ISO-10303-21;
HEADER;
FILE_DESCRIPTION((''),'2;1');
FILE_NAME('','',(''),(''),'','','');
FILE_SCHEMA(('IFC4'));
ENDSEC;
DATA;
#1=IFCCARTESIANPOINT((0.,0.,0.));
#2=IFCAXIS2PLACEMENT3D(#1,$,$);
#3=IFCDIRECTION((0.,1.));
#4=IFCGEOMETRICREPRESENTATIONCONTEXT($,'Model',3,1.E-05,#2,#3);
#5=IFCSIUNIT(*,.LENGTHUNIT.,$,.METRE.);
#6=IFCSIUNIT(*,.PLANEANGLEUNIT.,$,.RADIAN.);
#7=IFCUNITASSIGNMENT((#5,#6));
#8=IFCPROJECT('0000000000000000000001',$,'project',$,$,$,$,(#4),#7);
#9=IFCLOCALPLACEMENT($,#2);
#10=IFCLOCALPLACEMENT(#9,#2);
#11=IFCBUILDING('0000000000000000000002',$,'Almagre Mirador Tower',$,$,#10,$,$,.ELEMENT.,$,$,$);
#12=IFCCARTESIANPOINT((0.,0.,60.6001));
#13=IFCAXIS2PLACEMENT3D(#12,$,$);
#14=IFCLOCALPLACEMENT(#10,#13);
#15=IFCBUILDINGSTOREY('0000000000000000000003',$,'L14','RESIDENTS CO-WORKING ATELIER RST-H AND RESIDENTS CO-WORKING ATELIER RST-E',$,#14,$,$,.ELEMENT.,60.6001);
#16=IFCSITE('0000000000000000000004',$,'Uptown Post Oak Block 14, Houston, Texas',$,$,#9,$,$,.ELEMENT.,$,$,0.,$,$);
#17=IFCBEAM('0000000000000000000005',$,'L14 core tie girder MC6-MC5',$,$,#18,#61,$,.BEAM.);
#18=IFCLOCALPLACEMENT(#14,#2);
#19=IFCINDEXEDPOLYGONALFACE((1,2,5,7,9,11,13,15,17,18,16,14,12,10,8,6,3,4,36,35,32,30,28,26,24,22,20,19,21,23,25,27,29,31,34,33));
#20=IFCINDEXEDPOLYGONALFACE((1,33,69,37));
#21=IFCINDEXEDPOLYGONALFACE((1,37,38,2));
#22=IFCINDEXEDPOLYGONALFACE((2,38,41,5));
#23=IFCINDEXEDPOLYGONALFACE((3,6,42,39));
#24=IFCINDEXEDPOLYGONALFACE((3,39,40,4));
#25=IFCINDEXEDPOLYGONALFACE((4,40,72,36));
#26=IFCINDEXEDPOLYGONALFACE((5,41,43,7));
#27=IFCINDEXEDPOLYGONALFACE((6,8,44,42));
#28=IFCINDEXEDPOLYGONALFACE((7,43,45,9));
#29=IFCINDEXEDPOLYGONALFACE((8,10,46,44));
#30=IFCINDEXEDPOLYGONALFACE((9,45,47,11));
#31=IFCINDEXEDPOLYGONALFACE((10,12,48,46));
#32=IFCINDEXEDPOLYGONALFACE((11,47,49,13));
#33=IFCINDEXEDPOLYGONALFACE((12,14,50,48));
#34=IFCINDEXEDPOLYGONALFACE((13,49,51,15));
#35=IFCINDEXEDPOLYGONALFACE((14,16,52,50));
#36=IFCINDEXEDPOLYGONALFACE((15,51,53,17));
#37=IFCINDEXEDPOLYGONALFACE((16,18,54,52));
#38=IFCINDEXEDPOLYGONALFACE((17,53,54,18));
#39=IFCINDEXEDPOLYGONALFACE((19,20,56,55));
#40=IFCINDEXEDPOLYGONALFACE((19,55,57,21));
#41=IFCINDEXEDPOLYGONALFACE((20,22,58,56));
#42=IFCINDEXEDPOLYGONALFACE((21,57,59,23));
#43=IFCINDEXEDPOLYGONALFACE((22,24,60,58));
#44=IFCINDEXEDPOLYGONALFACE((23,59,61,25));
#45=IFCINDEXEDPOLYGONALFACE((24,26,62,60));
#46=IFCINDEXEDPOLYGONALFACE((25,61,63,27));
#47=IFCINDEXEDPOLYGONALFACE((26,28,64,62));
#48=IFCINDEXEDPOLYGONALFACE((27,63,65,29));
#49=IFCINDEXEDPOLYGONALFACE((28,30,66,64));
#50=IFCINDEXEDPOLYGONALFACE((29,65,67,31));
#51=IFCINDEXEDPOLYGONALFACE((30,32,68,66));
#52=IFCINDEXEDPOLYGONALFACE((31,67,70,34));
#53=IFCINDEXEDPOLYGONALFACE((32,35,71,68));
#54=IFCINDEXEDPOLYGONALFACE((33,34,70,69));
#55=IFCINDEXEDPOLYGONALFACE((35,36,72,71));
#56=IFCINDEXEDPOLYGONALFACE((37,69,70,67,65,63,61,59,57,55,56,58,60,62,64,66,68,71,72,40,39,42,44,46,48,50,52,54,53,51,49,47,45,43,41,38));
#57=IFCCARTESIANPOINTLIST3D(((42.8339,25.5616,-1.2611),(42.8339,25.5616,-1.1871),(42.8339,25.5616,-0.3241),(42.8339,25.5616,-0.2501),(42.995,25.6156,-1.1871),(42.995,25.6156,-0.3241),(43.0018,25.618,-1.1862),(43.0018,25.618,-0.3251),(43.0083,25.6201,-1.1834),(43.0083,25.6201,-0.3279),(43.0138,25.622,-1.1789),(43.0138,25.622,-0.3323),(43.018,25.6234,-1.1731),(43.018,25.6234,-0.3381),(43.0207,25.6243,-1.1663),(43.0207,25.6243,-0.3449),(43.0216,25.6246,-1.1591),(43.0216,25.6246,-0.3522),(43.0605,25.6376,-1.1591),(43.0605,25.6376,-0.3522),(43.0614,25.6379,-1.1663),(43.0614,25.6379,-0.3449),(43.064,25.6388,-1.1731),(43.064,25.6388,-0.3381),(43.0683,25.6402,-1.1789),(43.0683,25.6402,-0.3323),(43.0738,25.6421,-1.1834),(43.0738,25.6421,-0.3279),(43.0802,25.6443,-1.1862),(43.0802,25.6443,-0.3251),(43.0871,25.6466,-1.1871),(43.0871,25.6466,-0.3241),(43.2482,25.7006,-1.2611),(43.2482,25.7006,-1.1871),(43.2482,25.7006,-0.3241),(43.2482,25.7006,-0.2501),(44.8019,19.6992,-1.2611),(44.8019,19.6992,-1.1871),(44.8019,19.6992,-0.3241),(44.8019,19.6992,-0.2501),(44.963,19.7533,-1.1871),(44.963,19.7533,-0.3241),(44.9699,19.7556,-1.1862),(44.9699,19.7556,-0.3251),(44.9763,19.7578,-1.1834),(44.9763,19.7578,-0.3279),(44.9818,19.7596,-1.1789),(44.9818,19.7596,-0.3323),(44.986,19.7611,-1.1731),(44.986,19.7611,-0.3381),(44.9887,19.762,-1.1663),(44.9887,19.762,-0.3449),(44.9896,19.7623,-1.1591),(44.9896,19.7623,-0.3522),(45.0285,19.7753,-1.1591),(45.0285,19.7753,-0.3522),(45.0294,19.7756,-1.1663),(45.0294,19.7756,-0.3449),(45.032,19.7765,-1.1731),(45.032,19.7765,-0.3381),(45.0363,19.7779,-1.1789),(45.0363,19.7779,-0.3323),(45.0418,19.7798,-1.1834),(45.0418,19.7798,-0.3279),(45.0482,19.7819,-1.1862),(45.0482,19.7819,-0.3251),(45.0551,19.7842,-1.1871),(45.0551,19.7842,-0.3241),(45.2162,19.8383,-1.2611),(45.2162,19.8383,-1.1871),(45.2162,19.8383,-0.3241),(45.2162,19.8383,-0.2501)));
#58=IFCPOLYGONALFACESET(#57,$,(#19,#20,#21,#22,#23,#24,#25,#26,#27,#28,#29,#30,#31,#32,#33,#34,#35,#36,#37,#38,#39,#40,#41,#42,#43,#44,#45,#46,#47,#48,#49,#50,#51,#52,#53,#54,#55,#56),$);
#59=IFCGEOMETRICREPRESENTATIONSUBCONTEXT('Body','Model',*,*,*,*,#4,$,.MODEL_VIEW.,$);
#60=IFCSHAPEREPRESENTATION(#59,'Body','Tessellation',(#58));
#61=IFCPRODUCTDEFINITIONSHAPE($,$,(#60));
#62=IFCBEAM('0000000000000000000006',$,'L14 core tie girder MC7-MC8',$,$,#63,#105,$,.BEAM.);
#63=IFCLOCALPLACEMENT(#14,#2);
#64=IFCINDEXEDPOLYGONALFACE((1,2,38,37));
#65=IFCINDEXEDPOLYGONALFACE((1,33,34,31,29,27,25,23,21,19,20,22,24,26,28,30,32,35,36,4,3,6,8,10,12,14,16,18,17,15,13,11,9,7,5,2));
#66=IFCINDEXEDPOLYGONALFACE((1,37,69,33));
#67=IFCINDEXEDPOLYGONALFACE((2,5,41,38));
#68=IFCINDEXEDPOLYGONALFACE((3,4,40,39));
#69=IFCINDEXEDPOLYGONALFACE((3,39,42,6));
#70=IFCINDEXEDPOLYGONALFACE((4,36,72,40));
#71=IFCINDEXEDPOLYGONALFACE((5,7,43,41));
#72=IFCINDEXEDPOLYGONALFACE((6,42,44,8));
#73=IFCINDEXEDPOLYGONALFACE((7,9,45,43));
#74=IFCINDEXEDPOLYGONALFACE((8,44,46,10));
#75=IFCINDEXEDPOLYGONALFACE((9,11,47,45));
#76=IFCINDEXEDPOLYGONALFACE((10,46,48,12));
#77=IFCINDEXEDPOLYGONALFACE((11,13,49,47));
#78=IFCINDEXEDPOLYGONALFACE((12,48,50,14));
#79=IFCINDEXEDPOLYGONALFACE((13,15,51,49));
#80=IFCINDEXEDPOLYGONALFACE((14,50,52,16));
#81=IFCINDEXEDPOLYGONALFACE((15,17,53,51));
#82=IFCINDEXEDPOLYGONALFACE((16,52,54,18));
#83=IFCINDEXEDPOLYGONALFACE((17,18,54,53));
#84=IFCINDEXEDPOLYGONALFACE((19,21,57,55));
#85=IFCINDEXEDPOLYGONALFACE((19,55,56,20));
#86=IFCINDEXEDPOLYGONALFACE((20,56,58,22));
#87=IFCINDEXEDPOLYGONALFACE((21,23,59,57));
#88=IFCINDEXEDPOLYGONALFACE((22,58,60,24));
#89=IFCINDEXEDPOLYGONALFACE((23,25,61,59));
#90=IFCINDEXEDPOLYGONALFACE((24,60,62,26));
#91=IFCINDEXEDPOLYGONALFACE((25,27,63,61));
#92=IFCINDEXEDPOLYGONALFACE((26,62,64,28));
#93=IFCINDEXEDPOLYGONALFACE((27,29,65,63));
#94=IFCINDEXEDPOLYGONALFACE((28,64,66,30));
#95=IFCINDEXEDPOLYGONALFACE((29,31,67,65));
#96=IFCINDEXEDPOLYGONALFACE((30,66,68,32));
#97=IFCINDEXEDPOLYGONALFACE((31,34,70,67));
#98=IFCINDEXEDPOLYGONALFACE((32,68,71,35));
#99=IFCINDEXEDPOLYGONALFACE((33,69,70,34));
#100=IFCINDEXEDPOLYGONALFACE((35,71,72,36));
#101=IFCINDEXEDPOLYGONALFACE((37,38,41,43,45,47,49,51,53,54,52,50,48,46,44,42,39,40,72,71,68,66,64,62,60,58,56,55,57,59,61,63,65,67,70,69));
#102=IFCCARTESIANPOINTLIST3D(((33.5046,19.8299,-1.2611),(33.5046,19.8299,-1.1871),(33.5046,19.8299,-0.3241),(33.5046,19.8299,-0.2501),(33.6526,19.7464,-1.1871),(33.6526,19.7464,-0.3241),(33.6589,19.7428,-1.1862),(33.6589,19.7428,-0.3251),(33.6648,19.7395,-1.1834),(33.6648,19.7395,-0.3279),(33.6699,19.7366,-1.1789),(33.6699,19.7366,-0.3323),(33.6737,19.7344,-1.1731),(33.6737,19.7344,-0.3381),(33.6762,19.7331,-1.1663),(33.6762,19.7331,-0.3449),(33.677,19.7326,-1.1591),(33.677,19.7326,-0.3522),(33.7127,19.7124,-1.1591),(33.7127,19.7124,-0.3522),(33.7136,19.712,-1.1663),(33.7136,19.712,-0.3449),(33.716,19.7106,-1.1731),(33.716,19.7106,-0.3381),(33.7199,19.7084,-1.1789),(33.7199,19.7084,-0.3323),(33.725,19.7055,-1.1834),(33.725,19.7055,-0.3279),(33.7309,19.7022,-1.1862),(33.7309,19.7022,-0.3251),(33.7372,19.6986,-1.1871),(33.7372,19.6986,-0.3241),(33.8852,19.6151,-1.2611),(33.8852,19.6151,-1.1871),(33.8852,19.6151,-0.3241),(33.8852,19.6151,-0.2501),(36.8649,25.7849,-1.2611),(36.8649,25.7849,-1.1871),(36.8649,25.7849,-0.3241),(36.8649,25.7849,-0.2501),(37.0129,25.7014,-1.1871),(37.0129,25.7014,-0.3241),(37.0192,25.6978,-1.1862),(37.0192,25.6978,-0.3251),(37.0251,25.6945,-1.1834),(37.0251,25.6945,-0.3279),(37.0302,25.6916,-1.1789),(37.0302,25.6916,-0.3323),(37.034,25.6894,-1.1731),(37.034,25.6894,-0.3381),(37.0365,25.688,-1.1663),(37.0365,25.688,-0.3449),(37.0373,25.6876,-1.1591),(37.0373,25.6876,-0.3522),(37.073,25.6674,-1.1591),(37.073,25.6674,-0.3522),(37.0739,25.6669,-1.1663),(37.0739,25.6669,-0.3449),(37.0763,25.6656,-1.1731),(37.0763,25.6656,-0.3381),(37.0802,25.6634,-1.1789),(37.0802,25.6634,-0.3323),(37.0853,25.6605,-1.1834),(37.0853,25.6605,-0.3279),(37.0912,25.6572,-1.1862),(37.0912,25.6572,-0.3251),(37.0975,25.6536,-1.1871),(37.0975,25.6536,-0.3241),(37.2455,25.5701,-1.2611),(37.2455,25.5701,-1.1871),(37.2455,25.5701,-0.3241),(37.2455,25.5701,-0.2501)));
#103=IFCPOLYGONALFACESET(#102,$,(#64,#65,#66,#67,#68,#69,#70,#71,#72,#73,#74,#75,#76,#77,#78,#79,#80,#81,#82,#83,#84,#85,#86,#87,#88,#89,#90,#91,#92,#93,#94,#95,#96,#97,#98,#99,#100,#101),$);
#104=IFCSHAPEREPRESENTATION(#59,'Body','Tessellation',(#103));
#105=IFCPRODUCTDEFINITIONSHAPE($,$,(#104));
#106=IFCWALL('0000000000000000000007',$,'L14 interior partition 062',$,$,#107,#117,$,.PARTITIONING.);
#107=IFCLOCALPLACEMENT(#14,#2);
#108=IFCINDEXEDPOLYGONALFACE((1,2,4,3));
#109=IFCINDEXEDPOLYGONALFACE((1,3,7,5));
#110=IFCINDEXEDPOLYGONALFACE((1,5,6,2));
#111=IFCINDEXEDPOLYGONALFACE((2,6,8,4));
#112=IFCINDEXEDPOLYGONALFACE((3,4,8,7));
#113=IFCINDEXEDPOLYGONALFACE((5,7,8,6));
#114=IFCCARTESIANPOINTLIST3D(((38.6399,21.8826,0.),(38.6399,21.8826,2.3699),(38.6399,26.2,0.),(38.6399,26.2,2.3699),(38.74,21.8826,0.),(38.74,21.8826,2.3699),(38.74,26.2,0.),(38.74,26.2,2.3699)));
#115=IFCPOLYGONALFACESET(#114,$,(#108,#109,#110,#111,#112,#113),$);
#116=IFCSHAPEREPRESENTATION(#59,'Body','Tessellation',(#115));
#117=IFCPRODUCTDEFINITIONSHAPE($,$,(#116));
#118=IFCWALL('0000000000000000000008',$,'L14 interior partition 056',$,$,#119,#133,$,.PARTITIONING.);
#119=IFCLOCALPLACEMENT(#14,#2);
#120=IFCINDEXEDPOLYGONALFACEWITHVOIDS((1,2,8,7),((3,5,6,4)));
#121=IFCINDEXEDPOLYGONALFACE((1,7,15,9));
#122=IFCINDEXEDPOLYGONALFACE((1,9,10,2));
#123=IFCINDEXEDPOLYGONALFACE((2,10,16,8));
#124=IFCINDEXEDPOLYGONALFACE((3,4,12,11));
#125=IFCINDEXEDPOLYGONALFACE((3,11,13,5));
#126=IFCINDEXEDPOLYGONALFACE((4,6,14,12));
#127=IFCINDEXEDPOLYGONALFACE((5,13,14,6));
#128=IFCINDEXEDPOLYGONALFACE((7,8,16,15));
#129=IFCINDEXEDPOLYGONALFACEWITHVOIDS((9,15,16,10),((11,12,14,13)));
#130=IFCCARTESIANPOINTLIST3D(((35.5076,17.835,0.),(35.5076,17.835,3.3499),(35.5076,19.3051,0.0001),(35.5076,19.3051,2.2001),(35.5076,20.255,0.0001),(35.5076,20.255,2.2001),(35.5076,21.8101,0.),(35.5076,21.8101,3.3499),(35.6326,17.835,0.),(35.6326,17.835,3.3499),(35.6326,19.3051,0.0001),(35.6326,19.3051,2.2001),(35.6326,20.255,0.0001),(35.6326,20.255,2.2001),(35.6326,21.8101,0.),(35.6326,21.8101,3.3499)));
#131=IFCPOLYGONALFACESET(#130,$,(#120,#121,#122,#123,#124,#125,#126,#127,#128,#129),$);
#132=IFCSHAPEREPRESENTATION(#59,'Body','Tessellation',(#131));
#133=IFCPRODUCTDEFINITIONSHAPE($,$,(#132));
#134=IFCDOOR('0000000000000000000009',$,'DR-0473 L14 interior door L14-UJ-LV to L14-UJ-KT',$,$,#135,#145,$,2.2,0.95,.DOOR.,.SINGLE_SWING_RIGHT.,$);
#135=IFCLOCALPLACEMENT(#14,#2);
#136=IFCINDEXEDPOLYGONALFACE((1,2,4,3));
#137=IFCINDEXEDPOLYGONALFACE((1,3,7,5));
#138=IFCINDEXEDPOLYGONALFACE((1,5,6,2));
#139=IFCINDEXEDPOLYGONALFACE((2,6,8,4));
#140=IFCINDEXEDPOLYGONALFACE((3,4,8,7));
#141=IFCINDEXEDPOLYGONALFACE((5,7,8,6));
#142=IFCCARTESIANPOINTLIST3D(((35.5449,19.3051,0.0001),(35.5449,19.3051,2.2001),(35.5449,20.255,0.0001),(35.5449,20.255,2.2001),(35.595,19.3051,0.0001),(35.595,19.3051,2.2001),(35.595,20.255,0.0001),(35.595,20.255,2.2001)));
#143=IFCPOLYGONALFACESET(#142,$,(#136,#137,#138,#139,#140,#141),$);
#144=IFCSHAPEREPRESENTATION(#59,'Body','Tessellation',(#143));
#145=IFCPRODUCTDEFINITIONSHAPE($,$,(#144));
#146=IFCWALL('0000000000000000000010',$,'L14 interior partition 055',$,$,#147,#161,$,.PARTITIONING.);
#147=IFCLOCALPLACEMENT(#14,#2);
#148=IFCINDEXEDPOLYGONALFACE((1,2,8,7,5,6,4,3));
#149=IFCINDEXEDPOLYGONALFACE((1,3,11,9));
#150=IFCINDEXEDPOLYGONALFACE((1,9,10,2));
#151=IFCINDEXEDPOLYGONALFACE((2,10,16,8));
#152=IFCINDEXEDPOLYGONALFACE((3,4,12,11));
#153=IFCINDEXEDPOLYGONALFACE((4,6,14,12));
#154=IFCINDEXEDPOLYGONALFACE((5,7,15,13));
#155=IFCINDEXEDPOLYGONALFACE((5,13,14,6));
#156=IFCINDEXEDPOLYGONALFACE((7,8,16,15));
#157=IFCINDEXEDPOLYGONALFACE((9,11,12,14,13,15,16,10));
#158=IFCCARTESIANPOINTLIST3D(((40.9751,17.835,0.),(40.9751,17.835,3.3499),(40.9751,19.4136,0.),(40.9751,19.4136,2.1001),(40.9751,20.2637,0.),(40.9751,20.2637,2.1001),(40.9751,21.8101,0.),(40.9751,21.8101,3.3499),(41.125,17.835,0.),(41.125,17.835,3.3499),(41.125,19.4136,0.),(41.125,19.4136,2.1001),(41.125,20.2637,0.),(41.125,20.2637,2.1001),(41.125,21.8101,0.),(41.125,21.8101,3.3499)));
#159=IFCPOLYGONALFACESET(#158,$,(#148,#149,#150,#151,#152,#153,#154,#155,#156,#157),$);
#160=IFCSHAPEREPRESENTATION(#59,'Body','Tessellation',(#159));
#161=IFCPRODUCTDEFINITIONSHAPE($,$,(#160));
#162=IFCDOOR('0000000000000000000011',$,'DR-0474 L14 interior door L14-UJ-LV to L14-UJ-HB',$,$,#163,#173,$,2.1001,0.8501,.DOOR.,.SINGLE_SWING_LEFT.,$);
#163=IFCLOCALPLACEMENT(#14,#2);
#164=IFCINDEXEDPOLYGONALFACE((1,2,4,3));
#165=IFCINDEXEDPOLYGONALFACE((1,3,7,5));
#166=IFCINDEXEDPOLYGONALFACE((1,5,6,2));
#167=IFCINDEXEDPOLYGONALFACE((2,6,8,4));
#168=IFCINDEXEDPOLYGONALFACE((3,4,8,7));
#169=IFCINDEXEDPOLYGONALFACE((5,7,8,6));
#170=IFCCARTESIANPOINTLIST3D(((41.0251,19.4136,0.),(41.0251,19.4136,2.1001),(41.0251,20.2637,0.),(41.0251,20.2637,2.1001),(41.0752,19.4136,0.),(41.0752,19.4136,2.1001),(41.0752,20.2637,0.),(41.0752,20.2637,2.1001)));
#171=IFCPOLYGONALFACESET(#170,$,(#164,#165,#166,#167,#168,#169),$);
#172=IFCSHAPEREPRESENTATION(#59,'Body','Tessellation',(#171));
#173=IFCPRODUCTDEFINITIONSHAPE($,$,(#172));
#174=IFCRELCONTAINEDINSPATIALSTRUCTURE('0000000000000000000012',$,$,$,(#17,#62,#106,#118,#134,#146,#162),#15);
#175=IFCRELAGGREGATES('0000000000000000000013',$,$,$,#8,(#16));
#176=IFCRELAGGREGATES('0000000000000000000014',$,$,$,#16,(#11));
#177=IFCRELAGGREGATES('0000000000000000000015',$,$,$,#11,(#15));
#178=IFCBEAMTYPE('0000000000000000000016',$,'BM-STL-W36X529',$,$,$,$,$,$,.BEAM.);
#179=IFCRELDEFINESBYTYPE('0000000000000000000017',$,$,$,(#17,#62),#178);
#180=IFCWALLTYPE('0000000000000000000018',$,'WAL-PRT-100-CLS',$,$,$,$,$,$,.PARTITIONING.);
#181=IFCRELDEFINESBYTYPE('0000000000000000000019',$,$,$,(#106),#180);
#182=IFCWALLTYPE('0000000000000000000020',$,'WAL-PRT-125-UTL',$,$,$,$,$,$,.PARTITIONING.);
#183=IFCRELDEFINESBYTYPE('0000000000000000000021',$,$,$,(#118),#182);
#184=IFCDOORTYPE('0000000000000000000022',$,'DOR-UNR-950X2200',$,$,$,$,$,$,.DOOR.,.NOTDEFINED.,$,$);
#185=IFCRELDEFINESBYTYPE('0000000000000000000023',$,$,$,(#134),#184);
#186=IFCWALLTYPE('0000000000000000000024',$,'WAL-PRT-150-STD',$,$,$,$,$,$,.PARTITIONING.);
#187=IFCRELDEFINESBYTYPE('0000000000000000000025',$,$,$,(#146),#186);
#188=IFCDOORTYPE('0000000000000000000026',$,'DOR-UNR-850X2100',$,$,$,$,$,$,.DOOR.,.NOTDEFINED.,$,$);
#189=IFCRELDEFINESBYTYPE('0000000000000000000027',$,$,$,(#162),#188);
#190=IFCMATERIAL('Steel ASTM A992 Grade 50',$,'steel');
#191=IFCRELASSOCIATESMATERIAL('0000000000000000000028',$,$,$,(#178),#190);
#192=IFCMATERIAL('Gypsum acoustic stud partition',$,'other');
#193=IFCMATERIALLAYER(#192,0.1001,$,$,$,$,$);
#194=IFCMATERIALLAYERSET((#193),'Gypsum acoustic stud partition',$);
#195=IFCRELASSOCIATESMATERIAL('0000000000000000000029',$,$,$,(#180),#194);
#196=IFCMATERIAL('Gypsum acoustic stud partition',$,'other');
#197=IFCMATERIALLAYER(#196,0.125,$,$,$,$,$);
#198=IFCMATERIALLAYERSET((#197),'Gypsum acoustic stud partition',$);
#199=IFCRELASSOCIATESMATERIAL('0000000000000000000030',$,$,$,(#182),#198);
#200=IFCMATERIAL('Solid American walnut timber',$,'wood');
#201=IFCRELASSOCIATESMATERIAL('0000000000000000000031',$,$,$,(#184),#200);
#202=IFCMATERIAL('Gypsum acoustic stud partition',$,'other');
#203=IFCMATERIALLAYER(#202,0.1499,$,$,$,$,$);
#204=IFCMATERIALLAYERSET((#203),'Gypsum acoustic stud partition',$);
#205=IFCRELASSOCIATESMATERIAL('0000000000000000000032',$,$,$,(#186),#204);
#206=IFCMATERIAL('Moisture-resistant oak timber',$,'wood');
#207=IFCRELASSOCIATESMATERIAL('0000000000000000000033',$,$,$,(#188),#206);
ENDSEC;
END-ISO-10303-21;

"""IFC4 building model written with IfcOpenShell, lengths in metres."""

from ifc_helpers import new_model, si_unit, direction, frame, frame_2d, origin, origin_2d, place, context, subcontext, project, spatial, rectangle, i_section, extrude, material, layer, layer_set, material_profile, profile_set, type_object, element, fill, save


model = new_model("IFC4")

# Units and contexts
model_context = context("Model", 3, precision=1e-05, world=origin(), true_north=direction((0.0, 1.0)))
body_context = subcontext(model_context, "Body", "Model", "MODEL_VIEW")
ifc_project = project(units=[si_unit("LENGTHUNIT", "METRE"), si_unit("PLANEANGLEUNIT", "RADIAN")], contexts=[model_context])

# Site, building, storey
site_placement = place(None, origin())
site = spatial("IfcSite", under=ifc_project, at=site_placement, Name="Uptown Post Oak Block 14, Houston, Texas", CompositionType="ELEMENT", RefElevation=0.0)
building_placement = place(site_placement, origin())
building = spatial("IfcBuilding", under=site, at=building_placement, Name="Almagre Mirador Tower", CompositionType="ELEMENT")
storey_placement = place(building_placement, frame((0.0, 0.0, 60.6001)))
storey = spatial("IfcBuildingStorey", under=building, at=storey_placement, Name="L14", Description="RESIDENTS CO-WORKING ATELIER RST-H AND RESIDENTS CO-WORKING ATELIER RST-E", CompositionType="ELEMENT", Elevation=60.6001)

# Beams
ifc_material_1 = material(Name="Steel ASTM A992 Grade 50", Category="steel")
ifc_material_profile = material_profile(ifc_material_1, i_section(OverallWidth=0.437, OverallDepth=1.011, WebThickness=0.041, FlangeThickness=0.074, FilletRadius=0.0281, at=origin_2d()), Name="W36X529")
ifc_profile_set = profile_set([ifc_material_profile], Name="Steel ASTM A992 Grade 50")
beam_type = type_object("IfcBeamType", Name="BM-STL-W36X529", PredefinedType="BEAM", material=ifc_profile_set)
beam_1_placement = place(storey_placement, frame((43.041, 25.6311, -0.7556), z_axis=(0.318252, -0.948006, 0.0), x_axis=(0.948006, 0.318252, 0.0)))
element("IfcBeam", 1, at=beam_1_placement, inside=storey, type_object=beam_type, Name="L14 core tie girder MC6-MC5", PredefinedType="BEAM", context=body_context, shape_type="SweptSolid", body=[
    extrude(i_section(OverallWidth=0.437, OverallDepth=1.011, WebThickness=0.041, FlangeThickness=0.074, FilletRadius=0.0281, at=origin_2d()), origin(), (0.0, 0.0, 1.0), 6.1838),
])
beam_2_placement = place(storey_placement, frame((37.0552, 25.6775, -0.7556), z_axis=(-0.491441, -0.870911, 0.0), x_axis=(0.870911, -0.491441, 0.0)))
element("IfcBeam", 2, at=beam_2_placement, inside=storey, type_object=beam_type, Name="L14 core tie girder MC7-MC8", PredefinedType="BEAM", context=body_context, shape_type="SweptSolid", body=[
    extrude(i_section(OverallWidth=0.437, OverallDepth=1.011, WebThickness=0.041, FlangeThickness=0.074, FilletRadius=0.0281, at=origin_2d()), origin(), (0.0, 0.0, 1.0), 6.8376),
])

# Wall
ifc_material_2 = material(Name="Gypsum acoustic stud partition", Category="other")
ifc_layer_1 = layer(ifc_material_2, 0.1001)
ifc_layer_set_1 = layer_set([ifc_layer_1], Name="Gypsum acoustic stud partition")
wall_type_1 = type_object("IfcWallType", Name="WAL-PRT-100-CLS", PredefinedType="PARTITIONING", material=ifc_layer_set_1)
wall_1_placement = place(storey_placement, frame((38.6899, 21.8826, 0.0), z_axis=(0.0, 0.0, 1.0), x_axis=(0.0, 1.0, 0.0)))
element("IfcWall", 3, at=wall_1_placement, inside=storey, type_object=wall_type_1, Name="L14 interior partition 062", PredefinedType="PARTITIONING", context=body_context, shape_type="SweptSolid", body=[
    extrude(rectangle(XDim=4.3174, YDim=0.1001, at=frame_2d((2.1587, 0.0))), origin(), (0.0, 0.0, 1.0), 2.3699),
])

# Walls, openings, doors
ifc_material_3 = material(Name="Gypsum acoustic stud partition", Category="other")
ifc_layer_2 = layer(ifc_material_3, 0.125)
ifc_layer_set_2 = layer_set([ifc_layer_2], Name="Gypsum acoustic stud partition")
wall_type_2 = type_object("IfcWallType", Name="WAL-PRT-125-UTL", PredefinedType="PARTITIONING", material=ifc_layer_set_2)
wall_2_placement = place(storey_placement, frame((35.5701, 21.8101, 0.0), z_axis=(0.0, 0.0, 1.0), x_axis=(0.0, -1.0, 0.0)))
wall_2 = element("IfcWall", 4, at=wall_2_placement, inside=storey, type_object=wall_type_2, Name="L14 interior partition 056", PredefinedType="PARTITIONING", context=body_context, shape_type="SweptSolid", body=[
    extrude(rectangle(XDim=3.9751, YDim=0.125, at=frame_2d((1.9875, 0.0))), origin(), (0.0, 0.0, 1.0), 3.3499),
])
opening_1_placement = place(wall_2_placement, frame((1.5549, 0.0, 0.0)))
opening_1 = element("IfcOpeningElement", 5, at=opening_1_placement, cuts=wall_2, PredefinedType="OPENING", context=body_context, shape_type="SweptSolid", body=[
    extrude(rectangle(XDim=0.95, YDim=2.2, at=frame_2d((0.4751, 1.1001))), frame((0.0, 0.0725, 0.0), z_axis=(0.0, -1.0, 0.0), x_axis=(1.0, 0.0, 0.0)), (0.0, 0.0, 1.0), 0.145),
])
ifc_material_4 = material(Name="Solid American walnut timber", Category="wood")
door_type_1 = type_object("IfcDoorType", Name="DOR-UNR-950X2200", OperationType="NOTDEFINED", PredefinedType="DOOR", material=ifc_material_4)
door_1_placement = place(opening_1_placement, origin())
door_1 = element("IfcDoor", 6, at=door_1_placement, inside=storey, type_object=door_type_1, Name="DR-0473 L14 interior door L14-UJ-LV to L14-UJ-KT", OperationType="SINGLE_SWING_RIGHT", OverallHeight=2.2, OverallWidth=0.95, PredefinedType="DOOR", context=body_context, shape_type="SweptSolid", body=[
    extrude(rectangle(XDim=0.95, YDim=2.2, at=frame_2d((0.4751, 1.1001))), frame((0.0, 0.0249, 0.0), z_axis=(0.0, -1.0, 0.0), x_axis=(1.0, 0.0, 0.0)), (0.0, 0.0, 1.0), 0.05),
])
fill(opening_1, door_1)
ifc_material_5 = material(Name="Gypsum acoustic stud partition", Category="other")
ifc_layer_3 = layer(ifc_material_5, 0.1499)
ifc_layer_set_3 = layer_set([ifc_layer_3], Name="Gypsum acoustic stud partition")
wall_type_3 = type_object("IfcWallType", Name="WAL-PRT-150-STD", PredefinedType="PARTITIONING", material=ifc_layer_set_3)
wall_3_placement = place(storey_placement, frame((41.05, 17.835, 0.0), z_axis=(0.0, 0.0, 1.0), x_axis=(0.0, 1.0, 0.0)))
wall_3 = element("IfcWall", 7, at=wall_3_placement, inside=storey, type_object=wall_type_3, Name="L14 interior partition 055", PredefinedType="PARTITIONING", context=body_context, shape_type="SweptSolid", body=[
    extrude(rectangle(XDim=3.9751, YDim=0.1499, at=frame_2d((1.9875, 0.0))), origin(), (0.0, 0.0, 1.0), 3.3499),
])
opening_2_placement = place(wall_3_placement, frame((1.5786, 0.0, 0.0)))
opening_2 = element("IfcOpeningElement", 8, at=opening_2_placement, cuts=wall_3, PredefinedType="OPENING", context=body_context, shape_type="SweptSolid", body=[
    extrude(rectangle(XDim=0.8501, YDim=2.1001, at=frame_2d((0.425, 1.05))), frame((0.0, 0.085, 0.0), z_axis=(0.0, -1.0, 0.0), x_axis=(1.0, 0.0, 0.0)), (0.0, 0.0, 1.0), 0.1699),
])
ifc_material_6 = material(Name="Moisture-resistant oak timber", Category="wood")
door_type_2 = type_object("IfcDoorType", Name="DOR-UNR-850X2100", OperationType="NOTDEFINED", PredefinedType="DOOR", material=ifc_material_6)
door_2_placement = place(opening_2_placement, origin())
door_2 = element("IfcDoor", 9, at=door_2_placement, inside=storey, type_object=door_type_2, Name="DR-0474 L14 interior door L14-UJ-LV to L14-UJ-HB", OperationType="SINGLE_SWING_LEFT", OverallHeight=2.1001, OverallWidth=0.8501, PredefinedType="DOOR", context=body_context, shape_type="SweptSolid", body=[
    extrude(rectangle(XDim=0.8501, YDim=2.1001, at=frame_2d((0.425, 1.05))), frame((0.0, 0.0249, 0.0), z_axis=(0.0, -1.0, 0.0), x_axis=(1.0, 0.0, 0.0)), (0.0, 0.0, 1.0), 0.05),
])
fill(opening_2, door_2)

save(model, "model.ifc")
